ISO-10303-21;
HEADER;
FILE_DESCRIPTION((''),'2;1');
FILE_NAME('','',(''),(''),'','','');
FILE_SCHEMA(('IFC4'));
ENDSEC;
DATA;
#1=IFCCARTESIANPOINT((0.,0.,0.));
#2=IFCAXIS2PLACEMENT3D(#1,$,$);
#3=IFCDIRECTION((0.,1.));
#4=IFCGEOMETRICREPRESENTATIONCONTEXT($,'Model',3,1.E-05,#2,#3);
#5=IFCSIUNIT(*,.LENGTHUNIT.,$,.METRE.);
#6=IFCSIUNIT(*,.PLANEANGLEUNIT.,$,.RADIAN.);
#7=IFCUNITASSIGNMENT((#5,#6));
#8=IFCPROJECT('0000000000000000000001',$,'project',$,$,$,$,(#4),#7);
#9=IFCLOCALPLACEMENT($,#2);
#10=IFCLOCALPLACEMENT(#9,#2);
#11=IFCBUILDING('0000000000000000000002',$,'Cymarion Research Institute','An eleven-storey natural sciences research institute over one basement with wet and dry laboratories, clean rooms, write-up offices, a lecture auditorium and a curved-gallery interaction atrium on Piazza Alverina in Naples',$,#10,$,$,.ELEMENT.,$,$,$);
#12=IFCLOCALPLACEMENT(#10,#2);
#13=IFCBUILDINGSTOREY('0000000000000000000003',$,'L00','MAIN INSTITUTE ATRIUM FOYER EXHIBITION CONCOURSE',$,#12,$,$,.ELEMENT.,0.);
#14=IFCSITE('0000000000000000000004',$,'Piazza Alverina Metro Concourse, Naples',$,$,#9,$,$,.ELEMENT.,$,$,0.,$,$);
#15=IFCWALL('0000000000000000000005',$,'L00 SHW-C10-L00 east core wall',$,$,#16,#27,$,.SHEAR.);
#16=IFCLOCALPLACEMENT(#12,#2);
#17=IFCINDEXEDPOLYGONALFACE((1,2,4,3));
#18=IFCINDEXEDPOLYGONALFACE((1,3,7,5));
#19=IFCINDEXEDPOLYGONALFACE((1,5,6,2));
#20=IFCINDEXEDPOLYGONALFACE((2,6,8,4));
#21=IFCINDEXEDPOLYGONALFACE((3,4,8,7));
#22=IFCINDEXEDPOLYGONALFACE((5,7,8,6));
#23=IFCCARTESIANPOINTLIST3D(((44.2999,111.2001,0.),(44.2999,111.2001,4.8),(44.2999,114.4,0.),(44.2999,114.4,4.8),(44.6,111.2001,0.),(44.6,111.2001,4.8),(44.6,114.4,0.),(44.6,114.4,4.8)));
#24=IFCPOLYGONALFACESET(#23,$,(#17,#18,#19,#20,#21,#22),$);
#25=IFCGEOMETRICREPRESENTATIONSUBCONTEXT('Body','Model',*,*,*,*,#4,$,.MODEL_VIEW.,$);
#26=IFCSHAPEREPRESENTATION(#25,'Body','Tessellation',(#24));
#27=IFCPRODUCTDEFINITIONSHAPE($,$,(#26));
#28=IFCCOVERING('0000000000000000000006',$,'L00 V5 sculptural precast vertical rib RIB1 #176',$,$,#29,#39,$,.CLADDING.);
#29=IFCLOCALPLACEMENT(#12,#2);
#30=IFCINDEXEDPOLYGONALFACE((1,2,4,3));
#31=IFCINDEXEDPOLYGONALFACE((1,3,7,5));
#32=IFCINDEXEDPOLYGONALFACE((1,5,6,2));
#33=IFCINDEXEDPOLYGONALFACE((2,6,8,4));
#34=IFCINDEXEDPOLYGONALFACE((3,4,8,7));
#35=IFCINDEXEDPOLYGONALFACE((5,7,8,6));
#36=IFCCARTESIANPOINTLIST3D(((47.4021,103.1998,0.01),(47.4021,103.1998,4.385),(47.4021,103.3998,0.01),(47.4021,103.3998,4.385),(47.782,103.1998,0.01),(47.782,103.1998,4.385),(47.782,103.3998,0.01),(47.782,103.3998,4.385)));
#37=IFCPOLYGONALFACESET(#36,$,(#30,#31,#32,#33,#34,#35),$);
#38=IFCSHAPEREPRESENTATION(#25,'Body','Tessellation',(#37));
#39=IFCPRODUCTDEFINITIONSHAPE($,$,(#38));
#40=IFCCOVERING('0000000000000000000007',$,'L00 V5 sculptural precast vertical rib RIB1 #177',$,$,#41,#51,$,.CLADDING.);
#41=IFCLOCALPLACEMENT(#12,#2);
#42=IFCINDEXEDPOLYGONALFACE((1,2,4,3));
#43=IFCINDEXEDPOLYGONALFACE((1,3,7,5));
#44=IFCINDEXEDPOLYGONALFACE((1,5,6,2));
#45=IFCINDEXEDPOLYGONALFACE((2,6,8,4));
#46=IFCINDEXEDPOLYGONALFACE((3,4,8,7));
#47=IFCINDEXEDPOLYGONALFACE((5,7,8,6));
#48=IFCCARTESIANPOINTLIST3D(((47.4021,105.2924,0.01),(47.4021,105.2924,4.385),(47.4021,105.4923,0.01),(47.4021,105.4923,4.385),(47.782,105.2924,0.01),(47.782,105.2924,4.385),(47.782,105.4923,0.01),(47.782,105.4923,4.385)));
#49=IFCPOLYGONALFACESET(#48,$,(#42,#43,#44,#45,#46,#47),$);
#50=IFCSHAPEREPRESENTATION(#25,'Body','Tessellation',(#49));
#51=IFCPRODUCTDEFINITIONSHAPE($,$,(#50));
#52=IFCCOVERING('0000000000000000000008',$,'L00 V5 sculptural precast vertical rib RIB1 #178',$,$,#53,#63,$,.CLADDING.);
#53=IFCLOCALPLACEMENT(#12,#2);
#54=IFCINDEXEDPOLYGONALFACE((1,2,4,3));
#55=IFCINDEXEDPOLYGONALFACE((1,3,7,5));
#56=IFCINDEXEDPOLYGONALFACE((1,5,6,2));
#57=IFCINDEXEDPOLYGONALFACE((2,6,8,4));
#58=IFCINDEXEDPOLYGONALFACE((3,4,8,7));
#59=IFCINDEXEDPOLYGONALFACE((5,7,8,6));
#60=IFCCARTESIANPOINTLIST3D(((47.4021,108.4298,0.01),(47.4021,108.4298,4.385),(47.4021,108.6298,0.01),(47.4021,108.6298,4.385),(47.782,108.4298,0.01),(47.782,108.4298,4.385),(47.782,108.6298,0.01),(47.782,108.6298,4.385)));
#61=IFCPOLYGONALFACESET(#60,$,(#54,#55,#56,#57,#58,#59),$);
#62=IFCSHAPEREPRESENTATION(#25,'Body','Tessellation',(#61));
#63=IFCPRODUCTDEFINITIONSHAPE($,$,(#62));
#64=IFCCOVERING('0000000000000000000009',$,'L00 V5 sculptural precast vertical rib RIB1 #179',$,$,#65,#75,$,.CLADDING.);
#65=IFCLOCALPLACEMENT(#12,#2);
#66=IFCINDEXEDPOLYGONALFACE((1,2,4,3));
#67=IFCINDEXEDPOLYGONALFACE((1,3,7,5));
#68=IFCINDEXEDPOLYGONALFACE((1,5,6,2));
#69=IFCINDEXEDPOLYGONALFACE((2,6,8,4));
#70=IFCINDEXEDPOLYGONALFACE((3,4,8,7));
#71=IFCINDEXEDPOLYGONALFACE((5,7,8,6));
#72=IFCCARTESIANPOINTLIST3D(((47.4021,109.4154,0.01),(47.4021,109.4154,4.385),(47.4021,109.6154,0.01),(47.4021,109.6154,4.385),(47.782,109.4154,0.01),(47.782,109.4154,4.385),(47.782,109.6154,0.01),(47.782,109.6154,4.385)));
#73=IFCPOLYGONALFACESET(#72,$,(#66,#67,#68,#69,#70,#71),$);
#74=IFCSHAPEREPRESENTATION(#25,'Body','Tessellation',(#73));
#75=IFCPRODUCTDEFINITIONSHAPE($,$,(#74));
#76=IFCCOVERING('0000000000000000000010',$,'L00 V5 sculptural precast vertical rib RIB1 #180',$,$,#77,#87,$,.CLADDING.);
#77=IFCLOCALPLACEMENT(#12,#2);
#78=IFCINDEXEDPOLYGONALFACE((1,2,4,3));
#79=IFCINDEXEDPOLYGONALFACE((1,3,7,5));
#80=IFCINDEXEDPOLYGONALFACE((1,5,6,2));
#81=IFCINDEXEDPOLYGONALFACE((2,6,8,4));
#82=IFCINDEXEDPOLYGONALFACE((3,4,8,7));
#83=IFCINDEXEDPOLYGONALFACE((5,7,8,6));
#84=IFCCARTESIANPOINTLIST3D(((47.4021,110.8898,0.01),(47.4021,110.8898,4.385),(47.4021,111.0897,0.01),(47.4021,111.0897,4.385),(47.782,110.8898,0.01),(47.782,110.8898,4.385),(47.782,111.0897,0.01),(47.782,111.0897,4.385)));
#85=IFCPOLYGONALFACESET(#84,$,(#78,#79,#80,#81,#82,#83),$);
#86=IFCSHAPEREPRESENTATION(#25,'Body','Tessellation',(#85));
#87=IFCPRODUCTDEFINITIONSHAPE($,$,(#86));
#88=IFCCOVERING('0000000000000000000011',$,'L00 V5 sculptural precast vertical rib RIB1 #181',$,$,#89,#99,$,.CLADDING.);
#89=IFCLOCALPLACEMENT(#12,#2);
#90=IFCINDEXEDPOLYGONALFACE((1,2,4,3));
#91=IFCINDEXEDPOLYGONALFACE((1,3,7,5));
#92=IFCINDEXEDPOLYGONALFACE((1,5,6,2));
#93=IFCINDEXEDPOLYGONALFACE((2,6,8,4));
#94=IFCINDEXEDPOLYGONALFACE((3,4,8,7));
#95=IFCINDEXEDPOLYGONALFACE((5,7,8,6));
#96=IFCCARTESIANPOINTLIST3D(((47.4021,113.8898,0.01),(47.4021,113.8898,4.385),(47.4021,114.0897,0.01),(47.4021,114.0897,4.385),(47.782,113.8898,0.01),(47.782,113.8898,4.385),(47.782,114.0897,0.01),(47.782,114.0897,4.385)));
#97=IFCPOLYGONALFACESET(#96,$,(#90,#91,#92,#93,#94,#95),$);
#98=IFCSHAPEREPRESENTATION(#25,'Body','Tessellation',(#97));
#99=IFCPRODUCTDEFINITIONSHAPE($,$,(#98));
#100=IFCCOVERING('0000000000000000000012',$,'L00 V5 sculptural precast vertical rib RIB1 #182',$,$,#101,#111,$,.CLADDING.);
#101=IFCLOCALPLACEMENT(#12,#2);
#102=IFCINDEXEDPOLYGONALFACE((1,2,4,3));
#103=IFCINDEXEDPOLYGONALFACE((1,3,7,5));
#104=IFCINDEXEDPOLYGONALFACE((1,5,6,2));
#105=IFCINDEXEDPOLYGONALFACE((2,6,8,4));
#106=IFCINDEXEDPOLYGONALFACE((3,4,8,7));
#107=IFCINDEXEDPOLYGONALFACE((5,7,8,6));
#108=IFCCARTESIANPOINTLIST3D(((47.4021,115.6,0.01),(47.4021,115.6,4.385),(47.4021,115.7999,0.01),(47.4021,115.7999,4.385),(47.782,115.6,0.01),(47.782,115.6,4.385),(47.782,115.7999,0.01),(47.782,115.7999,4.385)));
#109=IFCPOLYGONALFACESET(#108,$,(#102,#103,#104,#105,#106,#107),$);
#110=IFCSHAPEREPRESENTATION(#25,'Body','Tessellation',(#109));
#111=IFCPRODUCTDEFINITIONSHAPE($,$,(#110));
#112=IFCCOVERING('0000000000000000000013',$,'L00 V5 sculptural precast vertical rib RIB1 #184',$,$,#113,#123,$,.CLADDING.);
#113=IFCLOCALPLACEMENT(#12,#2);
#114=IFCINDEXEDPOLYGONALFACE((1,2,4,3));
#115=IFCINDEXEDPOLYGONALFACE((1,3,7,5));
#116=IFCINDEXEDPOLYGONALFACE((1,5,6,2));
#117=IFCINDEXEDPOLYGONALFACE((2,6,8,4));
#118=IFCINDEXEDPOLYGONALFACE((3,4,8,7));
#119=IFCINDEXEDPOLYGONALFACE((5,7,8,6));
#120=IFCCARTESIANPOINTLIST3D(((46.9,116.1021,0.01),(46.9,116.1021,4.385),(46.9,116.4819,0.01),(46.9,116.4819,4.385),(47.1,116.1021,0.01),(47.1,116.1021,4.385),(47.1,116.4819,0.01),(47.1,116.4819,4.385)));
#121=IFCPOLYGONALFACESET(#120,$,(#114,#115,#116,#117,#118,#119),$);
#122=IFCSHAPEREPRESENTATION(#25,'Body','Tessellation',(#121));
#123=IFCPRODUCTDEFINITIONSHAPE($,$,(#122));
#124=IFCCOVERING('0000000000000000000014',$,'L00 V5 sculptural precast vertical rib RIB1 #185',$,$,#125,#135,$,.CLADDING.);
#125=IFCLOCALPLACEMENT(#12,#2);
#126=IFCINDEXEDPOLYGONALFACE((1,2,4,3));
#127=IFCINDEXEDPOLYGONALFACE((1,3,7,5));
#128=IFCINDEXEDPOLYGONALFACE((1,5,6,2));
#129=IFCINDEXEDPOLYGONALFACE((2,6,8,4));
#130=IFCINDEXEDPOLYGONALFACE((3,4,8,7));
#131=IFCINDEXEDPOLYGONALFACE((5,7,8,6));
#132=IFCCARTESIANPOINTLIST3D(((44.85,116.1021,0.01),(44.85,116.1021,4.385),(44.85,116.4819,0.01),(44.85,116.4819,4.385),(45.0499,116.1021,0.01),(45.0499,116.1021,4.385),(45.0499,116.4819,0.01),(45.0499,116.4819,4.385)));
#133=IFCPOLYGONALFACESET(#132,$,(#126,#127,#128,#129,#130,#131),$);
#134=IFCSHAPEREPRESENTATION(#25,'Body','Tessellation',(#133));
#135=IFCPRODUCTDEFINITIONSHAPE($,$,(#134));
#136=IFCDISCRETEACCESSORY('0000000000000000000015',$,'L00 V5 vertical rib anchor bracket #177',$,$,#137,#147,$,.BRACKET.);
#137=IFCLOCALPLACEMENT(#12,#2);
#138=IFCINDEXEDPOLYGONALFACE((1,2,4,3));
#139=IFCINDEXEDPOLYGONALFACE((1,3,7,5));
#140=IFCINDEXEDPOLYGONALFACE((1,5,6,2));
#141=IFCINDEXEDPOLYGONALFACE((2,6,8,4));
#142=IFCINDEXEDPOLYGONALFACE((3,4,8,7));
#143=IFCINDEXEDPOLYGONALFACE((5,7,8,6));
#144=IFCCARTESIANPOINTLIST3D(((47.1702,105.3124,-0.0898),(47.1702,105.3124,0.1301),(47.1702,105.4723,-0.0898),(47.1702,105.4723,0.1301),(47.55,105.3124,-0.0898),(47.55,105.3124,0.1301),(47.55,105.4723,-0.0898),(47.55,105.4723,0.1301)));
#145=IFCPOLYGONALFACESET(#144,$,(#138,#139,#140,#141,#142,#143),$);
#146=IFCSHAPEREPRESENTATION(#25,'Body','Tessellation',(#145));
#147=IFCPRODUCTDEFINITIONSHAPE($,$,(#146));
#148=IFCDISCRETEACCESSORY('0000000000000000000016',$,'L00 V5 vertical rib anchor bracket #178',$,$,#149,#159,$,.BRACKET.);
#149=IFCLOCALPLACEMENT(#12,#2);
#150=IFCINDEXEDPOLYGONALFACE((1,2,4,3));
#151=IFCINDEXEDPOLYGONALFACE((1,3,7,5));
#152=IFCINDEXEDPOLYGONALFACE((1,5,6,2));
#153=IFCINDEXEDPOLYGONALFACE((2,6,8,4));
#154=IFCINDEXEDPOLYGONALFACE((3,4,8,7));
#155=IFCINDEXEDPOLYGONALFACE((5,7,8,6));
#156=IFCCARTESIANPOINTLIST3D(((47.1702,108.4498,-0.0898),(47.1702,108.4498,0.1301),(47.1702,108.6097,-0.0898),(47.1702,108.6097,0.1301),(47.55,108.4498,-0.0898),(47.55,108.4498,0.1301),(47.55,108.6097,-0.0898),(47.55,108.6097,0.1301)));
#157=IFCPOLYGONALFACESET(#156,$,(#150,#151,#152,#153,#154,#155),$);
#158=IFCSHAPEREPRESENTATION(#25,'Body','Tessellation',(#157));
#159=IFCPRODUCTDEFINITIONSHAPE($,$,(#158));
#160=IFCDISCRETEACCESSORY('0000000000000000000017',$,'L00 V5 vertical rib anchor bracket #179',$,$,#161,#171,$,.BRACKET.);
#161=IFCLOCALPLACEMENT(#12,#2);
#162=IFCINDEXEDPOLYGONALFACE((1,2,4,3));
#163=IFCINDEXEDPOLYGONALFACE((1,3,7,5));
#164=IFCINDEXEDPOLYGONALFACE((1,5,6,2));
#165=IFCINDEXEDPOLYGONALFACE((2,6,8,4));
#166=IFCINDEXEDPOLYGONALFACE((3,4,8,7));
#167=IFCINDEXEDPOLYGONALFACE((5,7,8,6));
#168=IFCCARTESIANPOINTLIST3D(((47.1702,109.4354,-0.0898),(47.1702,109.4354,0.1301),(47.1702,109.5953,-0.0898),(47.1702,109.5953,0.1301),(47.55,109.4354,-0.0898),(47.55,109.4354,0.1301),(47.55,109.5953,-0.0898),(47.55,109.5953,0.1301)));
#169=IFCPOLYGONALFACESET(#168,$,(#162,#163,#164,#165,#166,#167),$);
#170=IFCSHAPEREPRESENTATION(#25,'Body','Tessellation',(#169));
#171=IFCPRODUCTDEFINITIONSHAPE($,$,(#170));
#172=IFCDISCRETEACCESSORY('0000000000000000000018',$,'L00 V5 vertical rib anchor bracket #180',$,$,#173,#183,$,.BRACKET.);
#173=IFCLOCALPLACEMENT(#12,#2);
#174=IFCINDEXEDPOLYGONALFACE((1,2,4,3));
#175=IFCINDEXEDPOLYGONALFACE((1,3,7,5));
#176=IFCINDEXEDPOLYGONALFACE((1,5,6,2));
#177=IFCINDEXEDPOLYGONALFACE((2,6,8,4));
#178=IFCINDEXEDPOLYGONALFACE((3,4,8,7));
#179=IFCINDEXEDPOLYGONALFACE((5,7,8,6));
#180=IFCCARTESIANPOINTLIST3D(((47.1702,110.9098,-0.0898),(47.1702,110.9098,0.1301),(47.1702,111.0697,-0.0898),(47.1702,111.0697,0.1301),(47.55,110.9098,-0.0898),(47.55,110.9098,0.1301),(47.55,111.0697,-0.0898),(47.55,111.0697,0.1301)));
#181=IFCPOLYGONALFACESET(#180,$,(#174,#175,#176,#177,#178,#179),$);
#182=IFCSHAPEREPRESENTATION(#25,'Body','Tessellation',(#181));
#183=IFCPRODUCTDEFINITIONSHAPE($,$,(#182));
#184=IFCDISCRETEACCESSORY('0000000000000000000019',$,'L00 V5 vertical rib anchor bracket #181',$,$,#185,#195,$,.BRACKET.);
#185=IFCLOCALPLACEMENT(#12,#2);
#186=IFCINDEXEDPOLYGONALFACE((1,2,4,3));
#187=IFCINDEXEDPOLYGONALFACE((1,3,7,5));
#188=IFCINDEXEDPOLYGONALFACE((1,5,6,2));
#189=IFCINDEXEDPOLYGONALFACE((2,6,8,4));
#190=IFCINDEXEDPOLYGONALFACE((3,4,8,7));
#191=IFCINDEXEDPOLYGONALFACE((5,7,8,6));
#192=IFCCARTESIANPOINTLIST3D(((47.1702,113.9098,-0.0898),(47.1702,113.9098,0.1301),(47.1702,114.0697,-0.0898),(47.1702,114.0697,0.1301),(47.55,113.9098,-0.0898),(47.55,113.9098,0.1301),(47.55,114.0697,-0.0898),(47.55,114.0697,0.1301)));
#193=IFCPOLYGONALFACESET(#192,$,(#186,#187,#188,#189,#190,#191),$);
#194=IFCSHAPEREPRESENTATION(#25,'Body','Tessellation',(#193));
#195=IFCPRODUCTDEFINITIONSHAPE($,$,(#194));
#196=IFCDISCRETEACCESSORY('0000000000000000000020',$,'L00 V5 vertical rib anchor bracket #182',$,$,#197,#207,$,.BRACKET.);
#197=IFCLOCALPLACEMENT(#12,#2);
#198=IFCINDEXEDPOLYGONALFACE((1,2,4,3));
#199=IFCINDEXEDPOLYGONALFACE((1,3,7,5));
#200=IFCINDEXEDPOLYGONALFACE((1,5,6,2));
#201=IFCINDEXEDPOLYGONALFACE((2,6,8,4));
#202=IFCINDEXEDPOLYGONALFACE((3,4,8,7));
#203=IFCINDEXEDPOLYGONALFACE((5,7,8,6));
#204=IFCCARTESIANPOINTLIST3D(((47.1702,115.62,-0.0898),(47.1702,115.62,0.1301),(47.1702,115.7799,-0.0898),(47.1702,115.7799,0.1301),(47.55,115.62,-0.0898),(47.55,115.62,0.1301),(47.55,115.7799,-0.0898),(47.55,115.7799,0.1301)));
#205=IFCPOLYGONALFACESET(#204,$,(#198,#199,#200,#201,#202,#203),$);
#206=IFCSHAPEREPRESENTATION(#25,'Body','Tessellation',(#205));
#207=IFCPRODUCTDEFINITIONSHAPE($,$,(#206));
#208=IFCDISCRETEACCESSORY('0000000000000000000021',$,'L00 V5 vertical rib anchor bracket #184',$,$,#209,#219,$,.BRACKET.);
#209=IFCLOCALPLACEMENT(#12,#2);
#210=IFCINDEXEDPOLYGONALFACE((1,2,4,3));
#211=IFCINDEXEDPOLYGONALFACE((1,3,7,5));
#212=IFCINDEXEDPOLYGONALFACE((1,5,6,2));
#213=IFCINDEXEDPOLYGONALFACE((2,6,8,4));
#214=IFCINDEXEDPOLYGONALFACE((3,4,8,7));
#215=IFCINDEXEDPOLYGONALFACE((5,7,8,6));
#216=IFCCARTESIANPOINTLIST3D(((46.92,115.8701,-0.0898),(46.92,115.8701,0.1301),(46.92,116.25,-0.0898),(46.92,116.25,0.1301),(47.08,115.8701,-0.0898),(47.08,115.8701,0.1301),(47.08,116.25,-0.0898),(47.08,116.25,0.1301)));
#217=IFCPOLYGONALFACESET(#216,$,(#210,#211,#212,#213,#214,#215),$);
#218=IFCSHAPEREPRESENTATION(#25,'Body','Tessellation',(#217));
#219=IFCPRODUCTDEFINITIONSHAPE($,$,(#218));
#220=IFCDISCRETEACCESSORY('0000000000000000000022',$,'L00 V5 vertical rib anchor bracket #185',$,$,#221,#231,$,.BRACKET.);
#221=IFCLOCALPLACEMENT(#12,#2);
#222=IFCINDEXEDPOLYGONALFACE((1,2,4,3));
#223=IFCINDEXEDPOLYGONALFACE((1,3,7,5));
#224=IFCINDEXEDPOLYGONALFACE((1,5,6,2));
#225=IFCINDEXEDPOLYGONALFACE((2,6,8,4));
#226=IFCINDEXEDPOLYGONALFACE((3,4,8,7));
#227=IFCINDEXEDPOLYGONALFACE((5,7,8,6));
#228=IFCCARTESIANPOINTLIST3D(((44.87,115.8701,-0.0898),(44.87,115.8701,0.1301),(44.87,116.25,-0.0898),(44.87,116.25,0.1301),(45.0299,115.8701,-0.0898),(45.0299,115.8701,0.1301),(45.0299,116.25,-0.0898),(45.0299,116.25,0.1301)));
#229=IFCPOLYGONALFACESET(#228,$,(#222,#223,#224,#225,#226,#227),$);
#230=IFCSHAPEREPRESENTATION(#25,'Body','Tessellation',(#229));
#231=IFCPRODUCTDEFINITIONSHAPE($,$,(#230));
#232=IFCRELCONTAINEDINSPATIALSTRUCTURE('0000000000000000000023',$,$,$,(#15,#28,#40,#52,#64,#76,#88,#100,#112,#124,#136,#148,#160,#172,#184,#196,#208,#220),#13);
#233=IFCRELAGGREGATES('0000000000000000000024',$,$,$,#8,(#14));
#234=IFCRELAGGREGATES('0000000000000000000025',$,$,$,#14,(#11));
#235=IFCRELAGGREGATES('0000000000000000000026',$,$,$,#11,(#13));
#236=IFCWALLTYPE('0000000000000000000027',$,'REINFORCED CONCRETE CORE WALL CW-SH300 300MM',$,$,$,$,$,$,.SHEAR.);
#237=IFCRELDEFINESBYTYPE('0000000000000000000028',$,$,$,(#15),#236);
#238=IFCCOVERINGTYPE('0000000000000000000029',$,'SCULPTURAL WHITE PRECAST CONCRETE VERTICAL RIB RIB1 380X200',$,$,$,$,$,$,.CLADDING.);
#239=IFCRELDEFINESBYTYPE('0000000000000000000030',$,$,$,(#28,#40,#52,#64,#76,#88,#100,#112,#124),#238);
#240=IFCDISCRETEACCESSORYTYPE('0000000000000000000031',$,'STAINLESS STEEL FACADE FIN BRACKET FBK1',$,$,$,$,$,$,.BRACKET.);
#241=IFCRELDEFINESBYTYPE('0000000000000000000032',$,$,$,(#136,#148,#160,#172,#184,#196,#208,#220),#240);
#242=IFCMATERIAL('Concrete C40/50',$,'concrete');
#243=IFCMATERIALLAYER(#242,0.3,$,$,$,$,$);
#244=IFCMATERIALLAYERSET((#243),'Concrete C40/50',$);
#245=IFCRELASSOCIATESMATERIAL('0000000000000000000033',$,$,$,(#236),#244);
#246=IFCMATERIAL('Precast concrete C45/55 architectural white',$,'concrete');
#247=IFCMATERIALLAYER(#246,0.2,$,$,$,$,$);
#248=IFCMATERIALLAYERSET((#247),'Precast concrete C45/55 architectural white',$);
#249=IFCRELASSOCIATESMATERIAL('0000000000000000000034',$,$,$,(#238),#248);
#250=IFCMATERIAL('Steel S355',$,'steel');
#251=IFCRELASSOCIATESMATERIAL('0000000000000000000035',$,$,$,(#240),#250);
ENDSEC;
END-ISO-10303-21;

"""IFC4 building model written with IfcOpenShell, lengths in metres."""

from ifc_helpers import new_model, si_unit, direction, frame, frame_2d, origin, origin_2d, place, context, subcontext, project, spatial, rectangle, extrude, material, layer, layer_set, type_object, element, save


model = new_model("IFC4")

# Units and contexts
model_context = context("Model", 3, precision=1e-05, world=origin(), true_north=direction((0.0, 1.0)))
body_context = subcontext(model_context, "Body", "Model", "MODEL_VIEW")
ifc_project = project(units=[si_unit("LENGTHUNIT", "METRE"), si_unit("PLANEANGLEUNIT", "RADIAN")], contexts=[model_context])

# Site, building, storey
site_placement = place(None, origin())
site = spatial("IfcSite", under=ifc_project, at=site_placement, Name="Piazza Alverina Metro Concourse, Naples", CompositionType="ELEMENT", RefElevation=0.0)
building_placement = place(site_placement, origin())
building = spatial("IfcBuilding", under=site, at=building_placement, Name="Cymarion Research Institute", Description="An eleven-storey natural sciences research institute over one basement with wet and dry laboratories, clean rooms, write-up offices, a lecture auditorium and a curved-gallery interaction atrium on Piazza Alverina in Naples", CompositionType="ELEMENT")
storey_placement = place(building_placement, origin())
storey = spatial("IfcBuildingStorey", under=building, at=storey_placement, Name="L00", Description="MAIN INSTITUTE ATRIUM FOYER EXHIBITION CONCOURSE", CompositionType="ELEMENT", Elevation=0.0)

# Shared definitions
ifc_material_1 = material(Name="Steel S355", Category="steel")

# Wall
ifc_material_2 = material(Name="Concrete C40/50", Category="concrete")
ifc_layer_1 = layer(ifc_material_2, 0.3)
ifc_layer_set_1 = layer_set([ifc_layer_1], Name="Concrete C40/50")
wall_type_1 = type_object("IfcWallType", Name="REINFORCED CONCRETE CORE WALL CW-SH300 300MM", PredefinedType="SHEAR", material=ifc_layer_set_1)
wall_1_placement = place(storey_placement, frame((44.45, 111.2, 0.0), z_axis=(0.0, 0.0, 1.0), x_axis=(0.0, 1.0, 0.0)))
element("IfcWall", 1, at=wall_1_placement, inside=storey, type_object=wall_type_1, Name="L00 SHW-C10-L00 east core wall", PredefinedType="SHEAR", context=body_context, shape_type="SweptSolid", body=[
    extrude(rectangle(XDim=3.2, YDim=0.3, at=frame_2d((1.6001, 0.0))), origin(), (0.0, 0.0, 1.0), 4.8),
])

# Coverings
ifc_material_3 = material(Name="Precast concrete C45/55 architectural white", Category="concrete")
ifc_layer_2 = layer(ifc_material_3, 0.2)
ifc_layer_set_2 = layer_set([ifc_layer_2], Name="Precast concrete C45/55 architectural white")
covering_type = type_object("IfcCoveringType", Name="SCULPTURAL WHITE PRECAST CONCRETE VERTICAL RIB RIB1 380X200", PredefinedType="CLADDING", material=ifc_layer_set_2)
for number, where, z_axis, x_axis, name in (
    (2, (47.592, 103.2998, 0.01), (0.0, 0.0, 1.0), (1.0, 0.0, 0.0), "L00 V5 sculptural precast vertical rib RIB1 #176"),
    (3, (47.592, 105.3923, 0.01), (0.0, 0.0, 1.0), (1.0, 0.0, 0.0), "L00 V5 sculptural precast vertical rib RIB1 #177"),
    (4, (47.592, 108.5298, 0.01), (0.0, 0.0, 1.0), (1.0, 0.0, 0.0), "L00 V5 sculptural precast vertical rib RIB1 #178"),
    (5, (47.592, 109.5154, 0.01), (0.0, 0.0, 1.0), (1.0, 0.0, 0.0), "L00 V5 sculptural precast vertical rib RIB1 #179"),
    (6, (47.592, 110.9897, 0.01), (0.0, 0.0, 1.0), (1.0, 0.0, 0.0), "L00 V5 sculptural precast vertical rib RIB1 #180"),
    (7, (47.592, 113.9897, 0.01), (0.0, 0.0, 1.0), (1.0, 0.0, 0.0), "L00 V5 sculptural precast vertical rib RIB1 #181"),
    (8, (47.592, 115.7, 0.01), (0.0, 0.0, 1.0), (1.0, 0.0, 0.0), "L00 V5 sculptural precast vertical rib RIB1 #182"),
    (9, (47.0, 116.292, 0.01), (0.0, 0.0, 1.0), (0.0, 1.0, 0.0), "L00 V5 sculptural precast vertical rib RIB1 #184"),
    (10, (44.95, 116.292, 0.01), (0.0, 0.0, 1.0), (0.0, 1.0, 0.0), "L00 V5 sculptural precast vertical rib RIB1 #185"),
):
    element("IfcCovering", number, at=place(storey_placement, frame(where, z_axis=z_axis, x_axis=x_axis)), inside=storey, type_object=covering_type, Name=name, PredefinedType="CLADDING", context=body_context, shape_type="SweptSolid", body=[
        extrude(rectangle(XDim=0.3799, YDim=0.2, at=origin_2d()), origin(), (0.0, 0.0, 1.0), 4.375),
    ])

# Discrete accessories
discrete_accessory_type = type_object("IfcDiscreteAccessoryType", Name="STAINLESS STEEL FACADE FIN BRACKET FBK1", PredefinedType="BRACKET", material=ifc_material_1)
for number, where, z_axis, x_axis, name in (
    (11, (47.3601, 105.3923, -0.0898), (0.0, 0.0, 1.0), (1.0, 0.0, 0.0), "L00 V5 vertical rib anchor bracket #177"),
    (12, (47.3601, 108.5298, -0.0898), (0.0, 0.0, 1.0), (1.0, 0.0, 0.0), "L00 V5 vertical rib anchor bracket #178"),
    (13, (47.3601, 109.5154, -0.0898), (0.0, 0.0, 1.0), (1.0, 0.0, 0.0), "L00 V5 vertical rib anchor bracket #179"),
    (14, (47.3601, 110.9897, -0.0898), (0.0, 0.0, 1.0), (1.0, 0.0, 0.0), "L00 V5 vertical rib anchor bracket #180"),
    (15, (47.3601, 113.9897, -0.0898), (0.0, 0.0, 1.0), (1.0, 0.0, 0.0), "L00 V5 vertical rib anchor bracket #181"),
    (16, (47.3601, 115.7, -0.0898), (0.0, 0.0, 1.0), (1.0, 0.0, 0.0), "L00 V5 vertical rib anchor bracket #182"),
    (17, (47.0, 116.0601, -0.0898), (0.0, 0.0, 1.0), (0.0, 1.0, 0.0), "L00 V5 vertical rib anchor bracket #184"),
    (18, (44.95, 116.0601, -0.0898), (0.0, 0.0, 1.0), (0.0, 1.0, 0.0), "L00 V5 vertical rib anchor bracket #185"),
):
    element("IfcDiscreteAccessory", number, at=place(storey_placement, frame(where, z_axis=z_axis, x_axis=x_axis)), inside=storey, type_object=discrete_accessory_type, Name=name, PredefinedType="BRACKET", context=body_context, shape_type="SweptSolid", body=[
        extrude(rectangle(XDim=0.3799, YDim=0.1599, at=origin_2d()), origin(), (0.0, 0.0, 1.0), 0.22),
    ])

save(model, "model.ifc")
